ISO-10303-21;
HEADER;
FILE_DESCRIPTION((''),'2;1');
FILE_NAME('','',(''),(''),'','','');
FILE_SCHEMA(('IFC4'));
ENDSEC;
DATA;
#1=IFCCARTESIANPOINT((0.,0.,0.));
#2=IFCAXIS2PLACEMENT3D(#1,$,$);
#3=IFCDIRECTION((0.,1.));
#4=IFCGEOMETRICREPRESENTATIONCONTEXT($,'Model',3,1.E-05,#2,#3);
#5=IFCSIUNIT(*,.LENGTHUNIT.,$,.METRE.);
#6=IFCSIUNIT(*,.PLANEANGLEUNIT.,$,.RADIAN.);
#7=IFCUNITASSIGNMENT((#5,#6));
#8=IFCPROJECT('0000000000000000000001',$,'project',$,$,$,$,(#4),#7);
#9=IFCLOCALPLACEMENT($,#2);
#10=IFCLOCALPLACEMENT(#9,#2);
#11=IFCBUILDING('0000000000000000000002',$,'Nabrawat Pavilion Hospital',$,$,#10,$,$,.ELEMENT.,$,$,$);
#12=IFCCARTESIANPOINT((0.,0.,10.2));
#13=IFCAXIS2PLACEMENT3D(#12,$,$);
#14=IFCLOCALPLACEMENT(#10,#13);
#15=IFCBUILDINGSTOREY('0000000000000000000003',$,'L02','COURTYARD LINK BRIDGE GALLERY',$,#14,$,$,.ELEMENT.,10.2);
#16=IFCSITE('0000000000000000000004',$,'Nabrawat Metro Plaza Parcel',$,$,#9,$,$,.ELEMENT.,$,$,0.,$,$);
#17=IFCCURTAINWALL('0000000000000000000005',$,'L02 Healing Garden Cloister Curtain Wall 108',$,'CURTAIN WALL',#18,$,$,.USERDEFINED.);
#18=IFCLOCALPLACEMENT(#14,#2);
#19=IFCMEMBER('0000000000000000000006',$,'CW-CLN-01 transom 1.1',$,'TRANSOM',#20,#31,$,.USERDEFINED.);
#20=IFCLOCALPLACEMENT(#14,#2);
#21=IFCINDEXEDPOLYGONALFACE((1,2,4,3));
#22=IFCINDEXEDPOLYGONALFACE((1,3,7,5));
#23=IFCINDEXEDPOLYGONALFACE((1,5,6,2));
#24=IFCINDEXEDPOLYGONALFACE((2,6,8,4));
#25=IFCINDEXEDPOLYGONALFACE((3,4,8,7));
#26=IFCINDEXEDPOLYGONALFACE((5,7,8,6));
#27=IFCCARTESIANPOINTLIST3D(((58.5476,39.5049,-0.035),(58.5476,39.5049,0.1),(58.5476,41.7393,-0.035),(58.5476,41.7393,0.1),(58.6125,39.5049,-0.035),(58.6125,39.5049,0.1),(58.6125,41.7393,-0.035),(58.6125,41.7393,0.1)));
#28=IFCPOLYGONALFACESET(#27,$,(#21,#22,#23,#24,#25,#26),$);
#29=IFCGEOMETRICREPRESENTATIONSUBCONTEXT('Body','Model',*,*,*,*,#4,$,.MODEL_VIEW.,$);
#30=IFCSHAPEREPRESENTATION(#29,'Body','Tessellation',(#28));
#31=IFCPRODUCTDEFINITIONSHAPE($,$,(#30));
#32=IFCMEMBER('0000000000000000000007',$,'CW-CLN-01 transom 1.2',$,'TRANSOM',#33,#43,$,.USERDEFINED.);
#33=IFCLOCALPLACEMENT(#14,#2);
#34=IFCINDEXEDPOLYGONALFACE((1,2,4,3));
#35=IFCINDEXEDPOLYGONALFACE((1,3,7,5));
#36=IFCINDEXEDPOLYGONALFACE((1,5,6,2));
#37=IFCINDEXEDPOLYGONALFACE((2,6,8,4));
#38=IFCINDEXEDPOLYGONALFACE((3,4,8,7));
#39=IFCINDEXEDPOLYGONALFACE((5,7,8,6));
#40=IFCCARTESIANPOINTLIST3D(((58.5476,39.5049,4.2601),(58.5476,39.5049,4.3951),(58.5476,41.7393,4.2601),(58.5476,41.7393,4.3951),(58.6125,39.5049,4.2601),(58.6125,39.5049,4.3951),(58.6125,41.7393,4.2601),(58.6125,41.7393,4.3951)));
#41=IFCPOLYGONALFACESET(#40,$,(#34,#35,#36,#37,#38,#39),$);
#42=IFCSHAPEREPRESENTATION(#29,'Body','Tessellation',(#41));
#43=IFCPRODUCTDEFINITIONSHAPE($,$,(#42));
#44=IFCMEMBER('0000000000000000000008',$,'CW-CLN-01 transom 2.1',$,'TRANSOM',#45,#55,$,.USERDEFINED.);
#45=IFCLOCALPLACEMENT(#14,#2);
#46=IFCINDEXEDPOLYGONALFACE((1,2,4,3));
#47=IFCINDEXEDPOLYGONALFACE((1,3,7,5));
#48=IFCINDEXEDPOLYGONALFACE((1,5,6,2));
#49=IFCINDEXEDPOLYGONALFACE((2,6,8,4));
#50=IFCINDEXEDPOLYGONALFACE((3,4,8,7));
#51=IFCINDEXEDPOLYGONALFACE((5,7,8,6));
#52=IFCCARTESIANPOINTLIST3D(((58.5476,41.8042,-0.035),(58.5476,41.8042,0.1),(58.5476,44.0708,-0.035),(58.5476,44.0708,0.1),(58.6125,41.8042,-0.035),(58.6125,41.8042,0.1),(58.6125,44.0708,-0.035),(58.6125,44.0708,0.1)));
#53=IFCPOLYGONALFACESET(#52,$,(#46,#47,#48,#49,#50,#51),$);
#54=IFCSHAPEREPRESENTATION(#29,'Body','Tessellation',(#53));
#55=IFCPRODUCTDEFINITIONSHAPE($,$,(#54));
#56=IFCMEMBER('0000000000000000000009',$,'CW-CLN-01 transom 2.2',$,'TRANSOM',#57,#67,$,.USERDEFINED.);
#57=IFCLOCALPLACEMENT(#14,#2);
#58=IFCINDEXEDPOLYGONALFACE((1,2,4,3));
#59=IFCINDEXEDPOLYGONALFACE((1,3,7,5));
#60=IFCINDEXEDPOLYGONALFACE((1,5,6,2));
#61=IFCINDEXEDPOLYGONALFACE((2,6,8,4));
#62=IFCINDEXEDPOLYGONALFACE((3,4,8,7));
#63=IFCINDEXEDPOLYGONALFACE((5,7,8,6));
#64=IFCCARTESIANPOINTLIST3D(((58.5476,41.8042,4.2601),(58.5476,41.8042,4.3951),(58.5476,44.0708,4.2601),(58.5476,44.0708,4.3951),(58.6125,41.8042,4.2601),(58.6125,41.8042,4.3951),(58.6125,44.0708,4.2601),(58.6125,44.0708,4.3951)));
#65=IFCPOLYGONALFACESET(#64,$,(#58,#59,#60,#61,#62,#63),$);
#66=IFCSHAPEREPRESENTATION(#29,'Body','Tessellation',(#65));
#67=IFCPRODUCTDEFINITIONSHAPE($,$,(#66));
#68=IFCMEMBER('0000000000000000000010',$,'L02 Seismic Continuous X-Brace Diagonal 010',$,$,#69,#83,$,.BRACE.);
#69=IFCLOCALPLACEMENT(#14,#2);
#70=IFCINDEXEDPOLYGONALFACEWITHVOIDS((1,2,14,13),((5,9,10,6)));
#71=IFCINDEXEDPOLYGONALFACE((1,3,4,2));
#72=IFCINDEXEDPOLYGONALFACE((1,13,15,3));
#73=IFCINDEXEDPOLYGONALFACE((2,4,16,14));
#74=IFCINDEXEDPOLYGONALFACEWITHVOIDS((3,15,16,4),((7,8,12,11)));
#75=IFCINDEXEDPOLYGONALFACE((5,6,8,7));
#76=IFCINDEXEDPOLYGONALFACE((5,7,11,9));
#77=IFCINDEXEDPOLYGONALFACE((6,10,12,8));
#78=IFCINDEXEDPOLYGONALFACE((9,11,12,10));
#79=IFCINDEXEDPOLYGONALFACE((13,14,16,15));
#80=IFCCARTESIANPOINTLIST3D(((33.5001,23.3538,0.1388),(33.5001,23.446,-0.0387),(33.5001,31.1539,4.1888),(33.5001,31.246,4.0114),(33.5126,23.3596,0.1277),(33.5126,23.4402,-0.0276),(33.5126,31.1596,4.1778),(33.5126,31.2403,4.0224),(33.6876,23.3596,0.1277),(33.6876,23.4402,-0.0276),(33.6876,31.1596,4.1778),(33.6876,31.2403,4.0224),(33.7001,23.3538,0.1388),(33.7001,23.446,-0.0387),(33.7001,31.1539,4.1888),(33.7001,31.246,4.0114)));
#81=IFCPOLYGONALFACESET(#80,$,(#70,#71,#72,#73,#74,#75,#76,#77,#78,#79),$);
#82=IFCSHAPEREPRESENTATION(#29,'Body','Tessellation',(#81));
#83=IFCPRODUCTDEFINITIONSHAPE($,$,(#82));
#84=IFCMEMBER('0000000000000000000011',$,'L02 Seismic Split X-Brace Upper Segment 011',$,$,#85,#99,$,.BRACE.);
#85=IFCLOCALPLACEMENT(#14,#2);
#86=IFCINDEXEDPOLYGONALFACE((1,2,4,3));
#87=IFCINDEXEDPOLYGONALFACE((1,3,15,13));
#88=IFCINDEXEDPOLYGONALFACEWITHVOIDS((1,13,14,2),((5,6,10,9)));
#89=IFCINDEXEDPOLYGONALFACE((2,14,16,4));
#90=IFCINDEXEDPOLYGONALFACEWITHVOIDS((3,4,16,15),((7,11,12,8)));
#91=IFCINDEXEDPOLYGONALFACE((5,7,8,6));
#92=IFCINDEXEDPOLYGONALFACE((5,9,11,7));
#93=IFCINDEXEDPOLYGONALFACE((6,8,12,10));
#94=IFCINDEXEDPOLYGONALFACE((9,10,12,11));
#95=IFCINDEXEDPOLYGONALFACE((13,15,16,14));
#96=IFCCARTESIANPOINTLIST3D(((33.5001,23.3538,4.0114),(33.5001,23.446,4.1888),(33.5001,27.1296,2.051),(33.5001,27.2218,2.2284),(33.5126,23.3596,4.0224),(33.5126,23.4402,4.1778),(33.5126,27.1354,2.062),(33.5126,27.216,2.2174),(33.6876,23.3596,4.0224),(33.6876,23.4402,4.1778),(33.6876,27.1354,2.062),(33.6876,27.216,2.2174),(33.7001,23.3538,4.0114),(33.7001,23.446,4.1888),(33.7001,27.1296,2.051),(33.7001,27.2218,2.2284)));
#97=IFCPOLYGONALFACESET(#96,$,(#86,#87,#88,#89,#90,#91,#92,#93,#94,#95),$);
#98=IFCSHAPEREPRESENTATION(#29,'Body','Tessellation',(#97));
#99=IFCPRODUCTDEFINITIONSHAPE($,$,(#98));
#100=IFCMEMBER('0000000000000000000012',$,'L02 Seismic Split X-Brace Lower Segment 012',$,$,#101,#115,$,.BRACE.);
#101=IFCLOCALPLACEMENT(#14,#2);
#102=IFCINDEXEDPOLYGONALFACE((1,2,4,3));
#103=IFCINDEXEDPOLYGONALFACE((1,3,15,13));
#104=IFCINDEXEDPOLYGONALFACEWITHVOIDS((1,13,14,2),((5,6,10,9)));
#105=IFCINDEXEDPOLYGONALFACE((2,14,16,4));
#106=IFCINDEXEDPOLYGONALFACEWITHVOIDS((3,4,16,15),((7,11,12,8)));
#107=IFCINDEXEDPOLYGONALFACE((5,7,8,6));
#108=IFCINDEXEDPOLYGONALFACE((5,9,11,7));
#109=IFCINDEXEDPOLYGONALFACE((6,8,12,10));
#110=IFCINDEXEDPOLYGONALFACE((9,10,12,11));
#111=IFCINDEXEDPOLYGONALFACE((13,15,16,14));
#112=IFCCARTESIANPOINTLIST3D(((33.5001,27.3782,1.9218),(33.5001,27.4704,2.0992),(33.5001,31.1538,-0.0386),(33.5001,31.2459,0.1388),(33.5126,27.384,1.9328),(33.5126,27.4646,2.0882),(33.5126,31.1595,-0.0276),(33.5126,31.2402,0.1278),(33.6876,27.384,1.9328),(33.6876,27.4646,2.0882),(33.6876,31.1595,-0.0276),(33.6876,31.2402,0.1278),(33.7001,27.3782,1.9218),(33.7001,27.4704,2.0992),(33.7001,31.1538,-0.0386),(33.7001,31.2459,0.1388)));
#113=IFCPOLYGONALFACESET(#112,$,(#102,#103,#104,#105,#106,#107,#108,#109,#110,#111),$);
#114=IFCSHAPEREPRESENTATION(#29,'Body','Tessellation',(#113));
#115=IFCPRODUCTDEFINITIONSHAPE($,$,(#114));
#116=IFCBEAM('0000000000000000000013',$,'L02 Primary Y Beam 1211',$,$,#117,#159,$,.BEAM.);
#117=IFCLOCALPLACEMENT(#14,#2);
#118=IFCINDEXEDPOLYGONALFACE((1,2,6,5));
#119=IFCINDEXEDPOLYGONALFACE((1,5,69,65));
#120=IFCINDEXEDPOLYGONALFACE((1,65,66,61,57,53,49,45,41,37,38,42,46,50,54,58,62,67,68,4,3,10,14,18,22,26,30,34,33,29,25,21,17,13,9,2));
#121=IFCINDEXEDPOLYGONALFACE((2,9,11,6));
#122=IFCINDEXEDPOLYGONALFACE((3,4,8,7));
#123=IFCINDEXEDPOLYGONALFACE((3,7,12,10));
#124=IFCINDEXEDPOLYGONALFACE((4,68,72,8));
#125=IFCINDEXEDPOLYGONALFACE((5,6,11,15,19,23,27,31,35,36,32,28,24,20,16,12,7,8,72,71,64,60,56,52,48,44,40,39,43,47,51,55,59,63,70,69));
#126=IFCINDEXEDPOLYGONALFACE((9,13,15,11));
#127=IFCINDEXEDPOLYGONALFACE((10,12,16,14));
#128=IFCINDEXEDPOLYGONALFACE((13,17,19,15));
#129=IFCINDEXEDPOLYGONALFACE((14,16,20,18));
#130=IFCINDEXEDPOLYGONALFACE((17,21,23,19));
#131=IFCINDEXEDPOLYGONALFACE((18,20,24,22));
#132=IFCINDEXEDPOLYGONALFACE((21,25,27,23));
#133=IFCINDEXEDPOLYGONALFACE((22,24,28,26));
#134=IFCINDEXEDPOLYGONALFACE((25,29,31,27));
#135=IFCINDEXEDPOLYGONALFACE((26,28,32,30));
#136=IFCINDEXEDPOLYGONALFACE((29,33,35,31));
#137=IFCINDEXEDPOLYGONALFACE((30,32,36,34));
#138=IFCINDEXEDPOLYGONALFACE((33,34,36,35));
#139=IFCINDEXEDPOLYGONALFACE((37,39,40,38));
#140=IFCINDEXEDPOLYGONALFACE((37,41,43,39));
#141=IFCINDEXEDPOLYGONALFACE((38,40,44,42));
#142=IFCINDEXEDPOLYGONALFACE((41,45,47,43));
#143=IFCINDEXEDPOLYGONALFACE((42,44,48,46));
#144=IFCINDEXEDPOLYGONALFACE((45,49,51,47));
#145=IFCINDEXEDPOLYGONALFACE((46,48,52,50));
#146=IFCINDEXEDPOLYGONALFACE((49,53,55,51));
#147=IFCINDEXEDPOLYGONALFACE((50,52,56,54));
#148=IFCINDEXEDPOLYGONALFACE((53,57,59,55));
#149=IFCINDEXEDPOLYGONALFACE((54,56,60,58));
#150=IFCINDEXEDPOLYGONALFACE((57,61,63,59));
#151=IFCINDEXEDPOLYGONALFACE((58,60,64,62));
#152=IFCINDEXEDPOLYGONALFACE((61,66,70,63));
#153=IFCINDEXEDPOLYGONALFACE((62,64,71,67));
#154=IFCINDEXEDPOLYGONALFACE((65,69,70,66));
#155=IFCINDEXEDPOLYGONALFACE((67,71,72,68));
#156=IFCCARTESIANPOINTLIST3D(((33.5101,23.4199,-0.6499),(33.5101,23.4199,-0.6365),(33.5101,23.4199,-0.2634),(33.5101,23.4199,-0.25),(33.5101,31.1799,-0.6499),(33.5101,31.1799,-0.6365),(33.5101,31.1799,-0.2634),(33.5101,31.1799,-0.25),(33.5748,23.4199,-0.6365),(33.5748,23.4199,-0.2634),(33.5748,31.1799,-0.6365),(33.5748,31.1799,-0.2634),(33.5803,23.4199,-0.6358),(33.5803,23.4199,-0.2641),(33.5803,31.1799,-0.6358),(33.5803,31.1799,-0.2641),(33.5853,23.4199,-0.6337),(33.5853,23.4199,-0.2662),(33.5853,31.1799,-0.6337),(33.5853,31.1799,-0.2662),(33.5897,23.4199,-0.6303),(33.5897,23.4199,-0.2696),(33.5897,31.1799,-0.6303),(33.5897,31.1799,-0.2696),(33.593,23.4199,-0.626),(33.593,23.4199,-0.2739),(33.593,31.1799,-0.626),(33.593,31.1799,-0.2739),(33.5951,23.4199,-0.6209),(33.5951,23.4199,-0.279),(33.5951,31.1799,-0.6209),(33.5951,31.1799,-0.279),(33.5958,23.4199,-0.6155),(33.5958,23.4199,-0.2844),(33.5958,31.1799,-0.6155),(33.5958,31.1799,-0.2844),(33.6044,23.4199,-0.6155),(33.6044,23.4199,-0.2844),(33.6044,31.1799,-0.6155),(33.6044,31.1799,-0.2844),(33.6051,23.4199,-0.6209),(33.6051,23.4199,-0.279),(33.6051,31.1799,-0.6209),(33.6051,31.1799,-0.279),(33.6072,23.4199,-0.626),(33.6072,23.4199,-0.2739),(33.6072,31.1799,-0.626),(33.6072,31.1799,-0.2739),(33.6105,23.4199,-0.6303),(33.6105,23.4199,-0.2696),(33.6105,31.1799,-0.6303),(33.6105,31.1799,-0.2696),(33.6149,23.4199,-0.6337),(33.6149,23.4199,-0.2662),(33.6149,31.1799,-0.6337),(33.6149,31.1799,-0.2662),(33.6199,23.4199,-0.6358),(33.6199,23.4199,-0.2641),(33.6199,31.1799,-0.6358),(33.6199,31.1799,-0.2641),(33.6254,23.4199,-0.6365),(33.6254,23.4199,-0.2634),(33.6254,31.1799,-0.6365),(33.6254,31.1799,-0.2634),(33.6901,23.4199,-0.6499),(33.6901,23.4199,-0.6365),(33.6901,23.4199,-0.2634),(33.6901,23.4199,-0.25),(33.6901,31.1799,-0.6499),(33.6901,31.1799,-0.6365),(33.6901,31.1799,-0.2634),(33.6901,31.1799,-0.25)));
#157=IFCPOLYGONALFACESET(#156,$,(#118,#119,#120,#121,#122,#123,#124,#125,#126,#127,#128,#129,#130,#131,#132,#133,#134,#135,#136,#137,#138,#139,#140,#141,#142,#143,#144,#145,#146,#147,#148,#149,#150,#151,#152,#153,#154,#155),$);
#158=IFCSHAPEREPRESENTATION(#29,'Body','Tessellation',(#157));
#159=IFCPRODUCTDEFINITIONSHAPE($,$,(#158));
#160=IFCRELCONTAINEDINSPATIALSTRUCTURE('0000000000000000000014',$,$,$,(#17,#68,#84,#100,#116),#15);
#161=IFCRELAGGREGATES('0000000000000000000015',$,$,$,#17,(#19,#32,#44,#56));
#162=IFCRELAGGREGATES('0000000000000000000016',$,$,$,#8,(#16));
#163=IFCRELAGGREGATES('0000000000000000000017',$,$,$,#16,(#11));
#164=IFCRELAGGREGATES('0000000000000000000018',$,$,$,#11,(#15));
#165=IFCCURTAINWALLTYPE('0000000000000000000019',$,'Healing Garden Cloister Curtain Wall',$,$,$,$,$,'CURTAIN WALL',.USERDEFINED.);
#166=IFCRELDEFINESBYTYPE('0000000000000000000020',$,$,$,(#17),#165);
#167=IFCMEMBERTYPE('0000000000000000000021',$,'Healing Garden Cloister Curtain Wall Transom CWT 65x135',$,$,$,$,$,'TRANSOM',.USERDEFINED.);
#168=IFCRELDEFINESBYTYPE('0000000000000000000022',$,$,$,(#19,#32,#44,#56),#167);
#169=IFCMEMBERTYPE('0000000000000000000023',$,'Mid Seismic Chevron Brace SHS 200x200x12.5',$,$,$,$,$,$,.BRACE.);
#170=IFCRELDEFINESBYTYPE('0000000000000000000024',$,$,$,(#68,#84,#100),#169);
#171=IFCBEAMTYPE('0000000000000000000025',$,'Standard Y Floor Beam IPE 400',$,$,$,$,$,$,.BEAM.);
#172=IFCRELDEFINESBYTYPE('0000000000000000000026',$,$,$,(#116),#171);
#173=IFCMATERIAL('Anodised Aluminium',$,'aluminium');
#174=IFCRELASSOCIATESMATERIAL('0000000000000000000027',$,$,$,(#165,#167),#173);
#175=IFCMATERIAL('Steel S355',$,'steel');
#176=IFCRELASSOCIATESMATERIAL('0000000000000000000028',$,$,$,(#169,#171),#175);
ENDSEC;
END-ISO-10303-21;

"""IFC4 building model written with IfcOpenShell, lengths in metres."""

from ifc_helpers import new_model, si_unit, direction, frame, origin, origin_2d, place, context, subcontext, project, spatial, rectangle, hollow_rectangle, i_section, extrude, material, material_profile, profile_set, type_object, element, aggregate, save


model = new_model("IFC4")

# Units and contexts
model_context = context("Model", 3, precision=1e-05, world=origin(), true_north=direction((0.0, 1.0)))
body_context = subcontext(model_context, "Body", "Model", "MODEL_VIEW")
ifc_project = project(units=[si_unit("LENGTHUNIT", "METRE"), si_unit("PLANEANGLEUNIT", "RADIAN")], contexts=[model_context])

# Site, building, storey
site_placement = place(None, origin())
site = spatial("IfcSite", under=ifc_project, at=site_placement, Name="Nabrawat Metro Plaza Parcel", CompositionType="ELEMENT", RefElevation=0.0)
building_placement = place(site_placement, origin())
building = spatial("IfcBuilding", under=site, at=building_placement, Name="Nabrawat Pavilion Hospital", CompositionType="ELEMENT")
storey_placement = place(building_placement, frame((0.0, 0.0, 10.2)))
storey = spatial("IfcBuildingStorey", under=building, at=storey_placement, Name="L02", Description="COURTYARD LINK BRIDGE GALLERY", CompositionType="ELEMENT", Elevation=10.2)

# Shared definitions
ifc_material_1 = material(Name="Steel S355", Category="steel")

# Curtain wall, members
ifc_material_2 = material(Name="Anodised Aluminium", Category="aluminium")
curtain_wall_type = type_object("IfcCurtainWallType", Name="Healing Garden Cloister Curtain Wall", ElementType="CURTAIN WALL", PredefinedType="USERDEFINED", material=ifc_material_2)
curtain_wall_placement = place(storey_placement, origin())
curtain_wall = element("IfcCurtainWall", 1, at=curtain_wall_placement, inside=storey, type_object=curtain_wall_type, Name="L02 Healing Garden Cloister Curtain Wall 108", ObjectType="CURTAIN WALL", PredefinedType="USERDEFINED")
ifc_material_profile_1 = material_profile(ifc_material_2, rectangle(XDim=0.0649, YDim=0.135, at=origin_2d()), Name="CWT 65x135")
ifc_profile_set_1 = profile_set([ifc_material_profile_1], Name="Anodised Aluminium")
member_type_1 = type_object("IfcMemberType", Name="Healing Garden Cloister Curtain Wall Transom CWT 65x135", ElementType="TRANSOM", PredefinedType="USERDEFINED", material=ifc_profile_set_1)
member_1_placement = place(storey_placement, frame((58.5801, 39.5049, 0.0325), z_axis=(0.0, 1.0, 0.0), x_axis=(-1.0, 0.0, 0.0)))
member_1 = element("IfcMember", 2, at=member_1_placement, type_object=member_type_1, Name="CW-CLN-01 transom 1.1", ObjectType="TRANSOM", PredefinedType="USERDEFINED", context=body_context, shape_type="SweptSolid", body=[
    extrude(rectangle(XDim=0.0649, YDim=0.135, at=origin_2d()), origin(), (0.0, 0.0, 1.0), 2.2344),
])
member_2_placement = place(storey_placement, frame((58.5801, 39.5049, 4.3276), z_axis=(0.0, 1.0, 0.0), x_axis=(-1.0, 0.0, 0.0)))
member_2 = element("IfcMember", 3, at=member_2_placement, type_object=member_type_1, Name="CW-CLN-01 transom 1.2", ObjectType="TRANSOM", PredefinedType="USERDEFINED", context=body_context, shape_type="SweptSolid", body=[
    extrude(rectangle(XDim=0.0649, YDim=0.135, at=origin_2d()), origin(), (0.0, 0.0, 1.0), 2.2344),
])
member_3_placement = place(storey_placement, frame((58.5801, 41.8042, 0.0325), z_axis=(0.0, 1.0, 0.0), x_axis=(-1.0, 0.0, 0.0)))
member_3 = element("IfcMember", 4, at=member_3_placement, type_object=member_type_1, Name="CW-CLN-01 transom 2.1", ObjectType="TRANSOM", PredefinedType="USERDEFINED", context=body_context, shape_type="SweptSolid", body=[
    extrude(rectangle(XDim=0.0649, YDim=0.135, at=origin_2d()), origin(), (0.0, 0.0, 1.0), 2.2666),
])
member_4_placement = place(storey_placement, frame((58.5801, 41.8042, 4.3276), z_axis=(0.0, 1.0, 0.0), x_axis=(-1.0, 0.0, 0.0)))
member_4 = element("IfcMember", 5, at=member_4_placement, type_object=member_type_1, Name="CW-CLN-01 transom 2.2", ObjectType="TRANSOM", PredefinedType="USERDEFINED", context=body_context, shape_type="SweptSolid", body=[
    extrude(rectangle(XDim=0.0649, YDim=0.135, at=origin_2d()), origin(), (0.0, 0.0, 1.0), 2.2666),
])

# Members
ifc_material_profile_2 = material_profile(ifc_material_1, hollow_rectangle(XDim=0.2, YDim=0.2, WallThickness=0.0125, at=origin_2d()), Name="SHS 200x200x12.5")
ifc_profile_set_2 = profile_set([ifc_material_profile_2], Name="Steel S355")
member_type_2 = type_object("IfcMemberType", Name="Mid Seismic Chevron Brace SHS 200x200x12.5", PredefinedType="BRACE", material=ifc_profile_set_2)
member_5_placement = place(storey_placement, frame((33.6001, 23.3999, 0.05), z_axis=(0.0, 0.887495, 0.460817), x_axis=(-1.0, 0.0, 0.0)))
element("IfcMember", 6, at=member_5_placement, inside=storey, type_object=member_type_2, Name="L02 Seismic Continuous X-Brace Diagonal 010", PredefinedType="BRACE", context=body_context, shape_type="SweptSolid", body=[
    extrude(hollow_rectangle(XDim=0.2, YDim=0.2, WallThickness=0.0125, at=origin_2d()), origin(), (0.0, 0.0, 1.0), 8.7888),
])
member_6_placement = place(storey_placement, frame((33.6001, 23.3999, 4.1001), z_axis=(0.0, 0.887506, -0.460796), x_axis=(-1.0, 0.0, 0.0)))
element("IfcMember", 7, at=member_6_placement, inside=storey, type_object=member_type_2, Name="L02 Seismic Split X-Brace Upper Segment 011", PredefinedType="BRACE", context=body_context, shape_type="SweptSolid", body=[
    extrude(hollow_rectangle(XDim=0.2, YDim=0.2, WallThickness=0.0125, at=origin_2d()), origin(), (0.0, 0.0, 1.0), 4.2544),
])
member_7_placement = place(storey_placement, frame((33.6001, 27.4243, 2.0105), z_axis=(0.0, 0.887494, -0.46082), x_axis=(-1.0, 0.0, 0.0)))
element("IfcMember", 8, at=member_7_placement, inside=storey, type_object=member_type_2, Name="L02 Seismic Split X-Brace Lower Segment 012", PredefinedType="BRACE", context=body_context, shape_type="SweptSolid", body=[
    extrude(hollow_rectangle(XDim=0.2, YDim=0.2, WallThickness=0.0125, at=origin_2d()), origin(), (0.0, 0.0, 1.0), 4.2542),
])

# Beam
ifc_material_profile_3 = material_profile(ifc_material_1, i_section(OverallWidth=0.1799, OverallDepth=0.3999, WebThickness=0.0085, FlangeThickness=0.0134, FilletRadius=0.021, at=origin_2d()), Name="IPE 400")
ifc_profile_set_3 = profile_set([ifc_material_profile_3], Name="Steel S355")
beam_type_1 = type_object("IfcBeamType", Name="Standard Y Floor Beam IPE 400", PredefinedType="BEAM", material=ifc_profile_set_3)
for number, where, z_axis, x_axis, name in (
    (9, (33.6001, 23.4199, -0.45), (0.0, 1.0, 0.0), (-1.0, 0.0, 0.0), "L02 Primary Y Beam 1211"),
):
    element("IfcBeam", number, at=place(storey_placement, frame(where, z_axis=z_axis, x_axis=x_axis)), inside=storey, type_object=beam_type_1, Name=name, PredefinedType="BEAM", context=body_context, shape_type="SweptSolid", body=[
        extrude(i_section(OverallWidth=0.1799, OverallDepth=0.3999, WebThickness=0.0085, FlangeThickness=0.0134, FilletRadius=0.021, at=origin_2d()), origin(), (0.0, 0.0, 1.0), 7.76),
    ])

aggregate(curtain_wall, [member_1, member_2, member_3, member_4])

save(model, "model.ifc")
